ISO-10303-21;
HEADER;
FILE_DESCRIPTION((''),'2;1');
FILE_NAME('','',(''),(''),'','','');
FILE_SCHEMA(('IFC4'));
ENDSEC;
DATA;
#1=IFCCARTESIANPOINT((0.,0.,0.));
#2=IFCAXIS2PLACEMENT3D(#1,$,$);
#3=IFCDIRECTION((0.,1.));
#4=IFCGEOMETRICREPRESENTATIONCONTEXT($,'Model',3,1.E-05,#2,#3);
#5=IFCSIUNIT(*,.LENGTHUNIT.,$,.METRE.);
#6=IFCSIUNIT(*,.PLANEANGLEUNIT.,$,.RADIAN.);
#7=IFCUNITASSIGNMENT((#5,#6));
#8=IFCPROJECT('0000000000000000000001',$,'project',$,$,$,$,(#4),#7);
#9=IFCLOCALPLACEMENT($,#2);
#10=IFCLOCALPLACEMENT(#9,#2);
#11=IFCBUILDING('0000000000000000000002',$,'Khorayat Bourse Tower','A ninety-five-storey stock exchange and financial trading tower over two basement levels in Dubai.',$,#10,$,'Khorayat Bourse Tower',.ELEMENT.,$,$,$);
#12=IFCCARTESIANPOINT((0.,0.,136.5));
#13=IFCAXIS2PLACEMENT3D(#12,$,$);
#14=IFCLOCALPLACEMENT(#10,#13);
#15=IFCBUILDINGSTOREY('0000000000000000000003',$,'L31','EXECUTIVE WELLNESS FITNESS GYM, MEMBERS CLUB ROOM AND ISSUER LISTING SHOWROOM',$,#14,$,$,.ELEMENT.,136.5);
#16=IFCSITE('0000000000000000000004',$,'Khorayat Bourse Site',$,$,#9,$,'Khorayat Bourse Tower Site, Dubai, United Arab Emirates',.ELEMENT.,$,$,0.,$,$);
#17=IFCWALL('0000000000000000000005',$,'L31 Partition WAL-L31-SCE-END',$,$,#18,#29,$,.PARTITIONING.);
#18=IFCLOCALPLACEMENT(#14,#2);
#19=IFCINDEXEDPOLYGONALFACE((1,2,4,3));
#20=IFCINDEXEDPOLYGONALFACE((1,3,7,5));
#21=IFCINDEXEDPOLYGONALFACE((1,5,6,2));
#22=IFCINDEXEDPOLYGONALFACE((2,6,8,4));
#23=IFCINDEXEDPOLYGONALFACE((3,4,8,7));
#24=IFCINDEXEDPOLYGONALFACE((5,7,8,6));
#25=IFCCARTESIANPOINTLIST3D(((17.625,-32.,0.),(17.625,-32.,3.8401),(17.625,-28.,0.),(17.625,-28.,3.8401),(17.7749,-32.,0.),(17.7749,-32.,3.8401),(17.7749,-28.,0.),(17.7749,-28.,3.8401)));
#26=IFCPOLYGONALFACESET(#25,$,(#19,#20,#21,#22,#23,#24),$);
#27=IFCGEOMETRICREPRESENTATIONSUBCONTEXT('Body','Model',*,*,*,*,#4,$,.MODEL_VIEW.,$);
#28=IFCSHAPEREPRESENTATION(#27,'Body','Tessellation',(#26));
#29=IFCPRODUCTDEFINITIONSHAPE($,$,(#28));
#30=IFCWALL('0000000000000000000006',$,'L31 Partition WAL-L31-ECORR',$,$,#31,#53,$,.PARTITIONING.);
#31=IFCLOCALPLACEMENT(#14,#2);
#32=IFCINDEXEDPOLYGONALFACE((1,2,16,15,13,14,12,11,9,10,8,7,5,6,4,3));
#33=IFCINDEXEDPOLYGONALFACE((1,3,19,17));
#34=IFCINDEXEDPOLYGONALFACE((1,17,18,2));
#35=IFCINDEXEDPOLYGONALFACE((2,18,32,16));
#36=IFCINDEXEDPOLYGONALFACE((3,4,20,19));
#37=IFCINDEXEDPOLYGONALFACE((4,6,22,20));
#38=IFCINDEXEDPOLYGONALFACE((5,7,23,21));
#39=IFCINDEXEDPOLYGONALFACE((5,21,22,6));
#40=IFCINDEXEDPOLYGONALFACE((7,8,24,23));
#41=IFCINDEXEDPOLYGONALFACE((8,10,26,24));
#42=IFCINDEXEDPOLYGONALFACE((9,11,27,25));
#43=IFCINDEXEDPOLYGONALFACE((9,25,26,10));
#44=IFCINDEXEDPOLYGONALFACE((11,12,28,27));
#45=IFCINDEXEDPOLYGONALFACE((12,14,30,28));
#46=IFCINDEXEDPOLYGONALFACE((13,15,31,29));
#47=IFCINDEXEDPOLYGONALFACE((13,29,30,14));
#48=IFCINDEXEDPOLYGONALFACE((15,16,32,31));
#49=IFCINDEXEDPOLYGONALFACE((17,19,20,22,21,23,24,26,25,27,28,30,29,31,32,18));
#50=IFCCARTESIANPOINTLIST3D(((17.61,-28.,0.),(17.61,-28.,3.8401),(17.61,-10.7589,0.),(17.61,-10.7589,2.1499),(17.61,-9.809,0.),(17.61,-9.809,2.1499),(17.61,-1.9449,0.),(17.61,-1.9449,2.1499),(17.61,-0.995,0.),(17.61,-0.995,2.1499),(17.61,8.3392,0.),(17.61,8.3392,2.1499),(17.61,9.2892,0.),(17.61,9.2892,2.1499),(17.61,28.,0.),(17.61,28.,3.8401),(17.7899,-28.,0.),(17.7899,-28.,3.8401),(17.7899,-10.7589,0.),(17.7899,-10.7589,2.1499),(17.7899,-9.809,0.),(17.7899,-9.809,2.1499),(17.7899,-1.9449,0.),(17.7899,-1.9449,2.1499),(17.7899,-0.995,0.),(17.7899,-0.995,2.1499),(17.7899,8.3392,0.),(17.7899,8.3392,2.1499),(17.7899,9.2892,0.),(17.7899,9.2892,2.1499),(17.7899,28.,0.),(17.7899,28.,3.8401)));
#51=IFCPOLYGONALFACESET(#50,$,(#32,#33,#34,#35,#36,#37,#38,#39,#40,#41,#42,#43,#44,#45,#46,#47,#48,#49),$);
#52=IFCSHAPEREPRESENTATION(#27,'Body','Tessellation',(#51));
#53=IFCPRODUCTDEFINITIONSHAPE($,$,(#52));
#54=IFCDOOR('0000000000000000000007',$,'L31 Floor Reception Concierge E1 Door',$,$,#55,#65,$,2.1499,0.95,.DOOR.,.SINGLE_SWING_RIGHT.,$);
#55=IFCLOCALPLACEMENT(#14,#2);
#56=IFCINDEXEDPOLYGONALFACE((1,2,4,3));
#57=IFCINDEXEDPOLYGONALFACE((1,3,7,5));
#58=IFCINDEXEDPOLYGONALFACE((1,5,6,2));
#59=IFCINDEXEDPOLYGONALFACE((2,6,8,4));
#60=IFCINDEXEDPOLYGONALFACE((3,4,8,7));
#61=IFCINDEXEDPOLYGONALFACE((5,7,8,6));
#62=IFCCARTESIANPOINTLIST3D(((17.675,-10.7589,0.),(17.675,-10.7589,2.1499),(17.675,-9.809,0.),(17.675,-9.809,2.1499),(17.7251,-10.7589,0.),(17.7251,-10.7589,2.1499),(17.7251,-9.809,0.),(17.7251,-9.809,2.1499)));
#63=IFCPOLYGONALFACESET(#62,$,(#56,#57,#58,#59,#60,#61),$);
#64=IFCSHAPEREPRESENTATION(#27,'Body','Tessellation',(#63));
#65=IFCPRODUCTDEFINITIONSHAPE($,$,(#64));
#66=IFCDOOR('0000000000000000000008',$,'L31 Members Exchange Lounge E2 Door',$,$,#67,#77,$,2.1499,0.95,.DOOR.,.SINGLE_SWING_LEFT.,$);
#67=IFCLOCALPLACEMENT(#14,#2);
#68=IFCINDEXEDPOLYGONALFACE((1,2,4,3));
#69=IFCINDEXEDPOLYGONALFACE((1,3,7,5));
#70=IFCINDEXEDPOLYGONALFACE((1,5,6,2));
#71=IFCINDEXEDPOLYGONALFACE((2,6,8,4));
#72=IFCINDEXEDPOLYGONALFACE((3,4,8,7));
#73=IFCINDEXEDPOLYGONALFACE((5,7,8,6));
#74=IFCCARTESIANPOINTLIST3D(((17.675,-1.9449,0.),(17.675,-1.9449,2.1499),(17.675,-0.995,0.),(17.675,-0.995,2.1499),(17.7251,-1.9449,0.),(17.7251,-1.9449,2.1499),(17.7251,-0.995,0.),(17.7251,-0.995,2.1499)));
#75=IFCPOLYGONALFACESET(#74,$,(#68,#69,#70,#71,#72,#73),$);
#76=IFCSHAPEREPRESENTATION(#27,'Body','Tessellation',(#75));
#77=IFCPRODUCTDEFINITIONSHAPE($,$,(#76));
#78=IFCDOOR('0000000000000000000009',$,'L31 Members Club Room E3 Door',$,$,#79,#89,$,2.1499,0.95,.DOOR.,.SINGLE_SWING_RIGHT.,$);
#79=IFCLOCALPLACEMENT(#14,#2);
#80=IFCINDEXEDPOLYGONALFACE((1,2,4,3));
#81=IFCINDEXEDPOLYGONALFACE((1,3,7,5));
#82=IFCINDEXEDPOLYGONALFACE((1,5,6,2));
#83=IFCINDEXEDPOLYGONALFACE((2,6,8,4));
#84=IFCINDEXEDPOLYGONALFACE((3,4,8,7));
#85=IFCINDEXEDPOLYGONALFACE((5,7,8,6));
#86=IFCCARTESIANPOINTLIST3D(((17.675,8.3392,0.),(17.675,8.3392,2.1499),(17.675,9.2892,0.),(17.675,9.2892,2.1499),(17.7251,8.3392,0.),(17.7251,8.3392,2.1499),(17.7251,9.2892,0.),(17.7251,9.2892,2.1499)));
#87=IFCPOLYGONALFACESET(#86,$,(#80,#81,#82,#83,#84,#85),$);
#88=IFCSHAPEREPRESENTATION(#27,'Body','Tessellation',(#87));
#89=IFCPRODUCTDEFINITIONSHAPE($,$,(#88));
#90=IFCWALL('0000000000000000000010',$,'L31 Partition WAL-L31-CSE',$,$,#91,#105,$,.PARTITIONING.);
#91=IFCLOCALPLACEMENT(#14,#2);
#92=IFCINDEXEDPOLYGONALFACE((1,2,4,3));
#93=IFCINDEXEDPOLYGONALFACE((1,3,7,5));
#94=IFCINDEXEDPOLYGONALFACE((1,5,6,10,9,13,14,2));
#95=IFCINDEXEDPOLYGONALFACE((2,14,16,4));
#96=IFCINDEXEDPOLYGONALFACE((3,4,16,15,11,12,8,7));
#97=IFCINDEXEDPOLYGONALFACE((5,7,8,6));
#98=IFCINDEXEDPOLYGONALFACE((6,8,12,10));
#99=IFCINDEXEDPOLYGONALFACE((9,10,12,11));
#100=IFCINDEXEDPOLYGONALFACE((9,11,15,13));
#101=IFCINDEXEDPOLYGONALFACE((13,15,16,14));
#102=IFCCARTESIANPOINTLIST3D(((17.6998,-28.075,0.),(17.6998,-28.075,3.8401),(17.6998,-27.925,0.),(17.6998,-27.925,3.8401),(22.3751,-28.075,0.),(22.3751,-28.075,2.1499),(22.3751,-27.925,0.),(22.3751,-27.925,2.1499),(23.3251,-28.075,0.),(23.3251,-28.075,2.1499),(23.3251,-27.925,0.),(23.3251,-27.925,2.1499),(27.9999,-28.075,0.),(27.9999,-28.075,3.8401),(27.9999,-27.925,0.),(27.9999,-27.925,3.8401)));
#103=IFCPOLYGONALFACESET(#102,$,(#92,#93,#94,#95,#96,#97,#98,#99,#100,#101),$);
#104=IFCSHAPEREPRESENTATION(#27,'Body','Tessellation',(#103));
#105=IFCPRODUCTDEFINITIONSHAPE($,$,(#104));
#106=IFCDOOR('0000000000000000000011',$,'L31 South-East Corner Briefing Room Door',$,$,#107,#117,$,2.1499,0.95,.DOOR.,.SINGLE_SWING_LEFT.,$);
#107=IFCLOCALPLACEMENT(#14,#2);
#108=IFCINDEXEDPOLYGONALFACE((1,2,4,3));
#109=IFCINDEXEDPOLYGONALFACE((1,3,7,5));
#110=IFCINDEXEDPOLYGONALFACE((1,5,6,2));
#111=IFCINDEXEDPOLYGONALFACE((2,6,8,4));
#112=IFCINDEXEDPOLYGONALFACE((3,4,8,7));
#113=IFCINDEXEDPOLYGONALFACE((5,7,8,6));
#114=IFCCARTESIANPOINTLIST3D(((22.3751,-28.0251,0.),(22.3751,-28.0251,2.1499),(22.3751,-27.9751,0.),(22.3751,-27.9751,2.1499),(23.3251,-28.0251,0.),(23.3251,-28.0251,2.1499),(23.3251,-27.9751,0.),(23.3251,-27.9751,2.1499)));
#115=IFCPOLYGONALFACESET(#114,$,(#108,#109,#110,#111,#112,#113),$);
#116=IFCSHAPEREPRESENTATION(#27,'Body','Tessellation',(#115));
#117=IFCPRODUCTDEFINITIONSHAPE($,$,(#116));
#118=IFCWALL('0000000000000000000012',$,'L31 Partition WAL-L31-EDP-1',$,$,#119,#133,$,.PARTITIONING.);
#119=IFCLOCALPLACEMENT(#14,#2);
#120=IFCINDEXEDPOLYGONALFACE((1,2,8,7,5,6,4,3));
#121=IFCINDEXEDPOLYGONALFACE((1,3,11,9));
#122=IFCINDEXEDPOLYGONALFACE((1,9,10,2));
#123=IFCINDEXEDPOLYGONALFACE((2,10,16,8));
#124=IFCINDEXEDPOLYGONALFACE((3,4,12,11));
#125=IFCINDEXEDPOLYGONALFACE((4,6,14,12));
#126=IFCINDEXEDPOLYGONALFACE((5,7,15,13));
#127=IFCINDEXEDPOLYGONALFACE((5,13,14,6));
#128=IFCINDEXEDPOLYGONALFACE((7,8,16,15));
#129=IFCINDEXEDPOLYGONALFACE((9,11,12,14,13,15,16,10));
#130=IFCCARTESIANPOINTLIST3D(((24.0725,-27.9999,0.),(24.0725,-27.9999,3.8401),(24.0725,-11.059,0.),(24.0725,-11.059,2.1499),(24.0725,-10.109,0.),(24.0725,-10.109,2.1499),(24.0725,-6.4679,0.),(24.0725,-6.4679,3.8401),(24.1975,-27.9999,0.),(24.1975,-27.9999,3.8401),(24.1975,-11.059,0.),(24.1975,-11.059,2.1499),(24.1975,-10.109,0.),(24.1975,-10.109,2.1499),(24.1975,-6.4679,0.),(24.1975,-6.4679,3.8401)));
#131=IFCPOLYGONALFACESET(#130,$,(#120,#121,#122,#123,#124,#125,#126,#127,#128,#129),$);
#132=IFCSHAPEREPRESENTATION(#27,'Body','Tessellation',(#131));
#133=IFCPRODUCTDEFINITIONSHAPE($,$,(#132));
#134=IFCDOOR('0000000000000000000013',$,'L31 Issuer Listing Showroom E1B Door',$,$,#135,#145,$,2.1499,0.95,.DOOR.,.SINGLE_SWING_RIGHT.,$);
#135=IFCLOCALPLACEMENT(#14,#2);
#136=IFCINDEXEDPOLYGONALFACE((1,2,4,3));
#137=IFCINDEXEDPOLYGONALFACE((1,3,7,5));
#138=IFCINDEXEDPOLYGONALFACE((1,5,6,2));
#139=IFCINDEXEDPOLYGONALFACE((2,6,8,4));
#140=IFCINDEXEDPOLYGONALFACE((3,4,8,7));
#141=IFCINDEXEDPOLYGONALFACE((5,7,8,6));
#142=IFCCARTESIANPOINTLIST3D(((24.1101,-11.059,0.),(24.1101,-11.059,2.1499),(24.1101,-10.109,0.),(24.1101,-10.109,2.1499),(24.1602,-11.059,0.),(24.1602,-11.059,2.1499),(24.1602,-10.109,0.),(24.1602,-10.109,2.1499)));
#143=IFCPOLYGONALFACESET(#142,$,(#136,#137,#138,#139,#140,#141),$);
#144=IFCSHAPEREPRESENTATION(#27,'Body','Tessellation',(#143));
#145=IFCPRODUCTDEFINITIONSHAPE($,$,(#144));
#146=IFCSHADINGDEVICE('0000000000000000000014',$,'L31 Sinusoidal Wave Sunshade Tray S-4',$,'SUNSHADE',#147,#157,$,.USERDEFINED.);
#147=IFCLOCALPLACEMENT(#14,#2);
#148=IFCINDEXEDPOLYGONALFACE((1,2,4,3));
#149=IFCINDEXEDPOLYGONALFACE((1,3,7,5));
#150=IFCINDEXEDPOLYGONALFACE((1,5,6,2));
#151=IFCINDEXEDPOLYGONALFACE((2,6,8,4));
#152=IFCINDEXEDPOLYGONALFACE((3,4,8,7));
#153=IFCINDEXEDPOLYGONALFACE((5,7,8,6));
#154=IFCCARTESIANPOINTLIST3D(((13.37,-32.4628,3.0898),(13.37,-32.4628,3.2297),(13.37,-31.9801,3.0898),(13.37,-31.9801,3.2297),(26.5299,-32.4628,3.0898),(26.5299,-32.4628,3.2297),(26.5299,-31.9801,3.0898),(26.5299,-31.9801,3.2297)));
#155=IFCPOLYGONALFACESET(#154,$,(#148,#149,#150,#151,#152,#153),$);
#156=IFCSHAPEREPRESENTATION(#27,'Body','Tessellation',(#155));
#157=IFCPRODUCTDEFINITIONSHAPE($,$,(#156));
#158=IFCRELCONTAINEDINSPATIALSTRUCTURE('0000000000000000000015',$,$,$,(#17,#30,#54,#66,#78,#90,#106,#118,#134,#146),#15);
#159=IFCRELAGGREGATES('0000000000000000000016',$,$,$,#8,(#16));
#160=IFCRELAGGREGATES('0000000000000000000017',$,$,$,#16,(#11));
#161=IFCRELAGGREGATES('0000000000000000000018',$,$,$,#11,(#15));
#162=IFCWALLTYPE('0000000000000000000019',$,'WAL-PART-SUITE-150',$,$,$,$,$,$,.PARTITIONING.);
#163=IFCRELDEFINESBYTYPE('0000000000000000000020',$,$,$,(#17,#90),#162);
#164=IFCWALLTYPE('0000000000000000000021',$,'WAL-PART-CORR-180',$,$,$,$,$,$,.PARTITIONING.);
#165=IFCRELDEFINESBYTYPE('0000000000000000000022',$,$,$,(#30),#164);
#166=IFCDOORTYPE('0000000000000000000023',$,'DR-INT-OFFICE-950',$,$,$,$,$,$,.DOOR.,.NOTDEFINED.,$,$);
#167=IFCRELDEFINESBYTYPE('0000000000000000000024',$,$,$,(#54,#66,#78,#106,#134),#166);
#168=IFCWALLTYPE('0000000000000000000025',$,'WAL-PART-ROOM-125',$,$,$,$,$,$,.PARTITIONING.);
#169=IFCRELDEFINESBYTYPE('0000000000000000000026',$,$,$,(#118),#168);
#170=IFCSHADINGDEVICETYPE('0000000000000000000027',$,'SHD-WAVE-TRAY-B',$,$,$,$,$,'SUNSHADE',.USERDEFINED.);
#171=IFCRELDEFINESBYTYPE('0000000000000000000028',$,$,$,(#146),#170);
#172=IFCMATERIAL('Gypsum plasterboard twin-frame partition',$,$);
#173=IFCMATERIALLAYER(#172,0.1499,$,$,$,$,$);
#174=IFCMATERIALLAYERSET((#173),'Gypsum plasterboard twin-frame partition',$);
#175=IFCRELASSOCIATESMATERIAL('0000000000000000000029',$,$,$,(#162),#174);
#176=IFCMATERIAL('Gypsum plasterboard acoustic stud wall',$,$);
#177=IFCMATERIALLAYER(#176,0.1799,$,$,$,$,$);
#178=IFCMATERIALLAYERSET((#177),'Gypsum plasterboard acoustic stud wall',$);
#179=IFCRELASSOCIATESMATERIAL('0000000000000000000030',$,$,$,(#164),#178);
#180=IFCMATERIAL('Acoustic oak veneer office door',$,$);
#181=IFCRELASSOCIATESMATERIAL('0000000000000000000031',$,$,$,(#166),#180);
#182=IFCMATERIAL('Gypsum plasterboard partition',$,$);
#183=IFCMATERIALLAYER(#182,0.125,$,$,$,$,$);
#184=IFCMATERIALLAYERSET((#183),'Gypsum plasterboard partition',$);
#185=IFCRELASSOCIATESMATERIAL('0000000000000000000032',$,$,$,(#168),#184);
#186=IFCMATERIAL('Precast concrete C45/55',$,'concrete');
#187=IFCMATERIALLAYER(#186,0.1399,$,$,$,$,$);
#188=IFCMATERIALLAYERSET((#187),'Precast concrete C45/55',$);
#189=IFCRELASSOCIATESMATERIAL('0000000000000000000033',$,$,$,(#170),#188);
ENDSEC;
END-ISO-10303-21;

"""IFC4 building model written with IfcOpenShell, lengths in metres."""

from ifc_helpers import new_model, si_unit, direction, frame, frame_2d, origin, origin_2d, place, context, subcontext, project, spatial, rectangle, extrude, source, transform, mapped, material, layer, layer_set, type_object, element, fill, save


model = new_model("IFC4")

# Units and contexts
model_context = context("Model", 3, precision=1e-05, world=origin(), true_north=direction((0.0, 1.0)))
body_context = subcontext(model_context, "Body", "Model", "MODEL_VIEW")
ifc_project = project(units=[si_unit("LENGTHUNIT", "METRE"), si_unit("PLANEANGLEUNIT", "RADIAN")], contexts=[model_context])

# Site, building, storey
site_placement = place(None, origin())
site = spatial("IfcSite", under=ifc_project, at=site_placement, Name="Khorayat Bourse Site", LongName="Khorayat Bourse Tower Site, Dubai, United Arab Emirates", CompositionType="ELEMENT", RefElevation=0.0)
building_placement = place(site_placement, origin())
building = spatial("IfcBuilding", under=site, at=building_placement, Name="Khorayat Bourse Tower", Description="A ninety-five-storey stock exchange and financial trading tower over two basement levels in Dubai.", LongName="Khorayat Bourse Tower", CompositionType="ELEMENT")
storey_placement = place(building_placement, frame((0.0, 0.0, 136.5)))
storey = spatial("IfcBuildingStorey", under=building, at=storey_placement, Name="L31", Description="EXECUTIVE WELLNESS FITNESS GYM, MEMBERS CLUB ROOM AND ISSUER LISTING SHOWROOM", CompositionType="ELEMENT", Elevation=136.5)

# Shared definitions
ifc_material_1 = material(Name="Precast concrete C45/55", Category="concrete")

# Wall
ifc_material_2 = material(Name="Gypsum plasterboard twin-frame partition")
ifc_layer_1 = layer(ifc_material_2, 0.1499)
ifc_layer_set_1 = layer_set([ifc_layer_1], Name="Gypsum plasterboard twin-frame partition")
wall_type_1 = type_object("IfcWallType", Name="WAL-PART-SUITE-150", PredefinedType="PARTITIONING", material=ifc_layer_set_1)
shared_shape_1 = source(origin(), body_context, "Body", "SweptSolid", [
    extrude(rectangle(XDim=4.0, YDim=0.1499, at=frame_2d((2.0, 0.0))), origin(), (0.0, 0.0, 1.0), 3.8401),
])
wall_1_placement = place(storey_placement, frame((17.7, -32.0, 0.0), z_axis=(0.0, 0.0, 1.0), x_axis=(0.0, 1.0, 0.0)))
element("IfcWall", 1, at=wall_1_placement, inside=storey, type_object=wall_type_1, Name="L31 Partition WAL-L31-SCE-END", PredefinedType="PARTITIONING", context=body_context, shape_type="MappedRepresentation", body=[
    mapped(shared_shape_1, transform((0.0, 0.0, 0.0), scale=1.0)),
])

# Wall, openings, doors
ifc_material_3 = material(Name="Gypsum plasterboard acoustic stud wall")
ifc_layer_2 = layer(ifc_material_3, 0.1799)
ifc_layer_set_2 = layer_set([ifc_layer_2], Name="Gypsum plasterboard acoustic stud wall")
wall_type_2 = type_object("IfcWallType", Name="WAL-PART-CORR-180", PredefinedType="PARTITIONING", material=ifc_layer_set_2)
shared_shape_2 = source(origin(), body_context, "Body", "SweptSolid", [
    extrude(rectangle(XDim=56.0, YDim=0.1799, at=frame_2d((28.0, 0.0))), origin(), (0.0, 0.0, 1.0), 3.8401),
])
wall_2_placement = place(storey_placement, frame((17.7, -28.0, 0.0), z_axis=(0.0, 0.0, 1.0), x_axis=(0.0, 1.0, 0.0)))
wall_2 = element("IfcWall", 2, at=wall_2_placement, inside=storey, type_object=wall_type_2, Name="L31 Partition WAL-L31-ECORR", PredefinedType="PARTITIONING", context=body_context, shape_type="MappedRepresentation", body=[
    mapped(shared_shape_2, transform((0.0, 0.0, 0.0), scale=1.0)),
])
shared_shape_3 = source(origin(), body_context, "Body", "SweptSolid", [
    extrude(rectangle(XDim=0.95, YDim=2.1499, at=frame_2d((0.4751, 1.075))), frame((0.0, 0.0999, 0.0), z_axis=(0.0, -1.0, 0.0), x_axis=(1.0, 0.0, 0.0)), (0.0, 0.0, 1.0), 0.2),
])
opening_1_placement = place(wall_2_placement, frame((17.241, 0.0, 0.0)))
opening_1 = element("IfcOpeningElement", 3, at=opening_1_placement, cuts=wall_2, PredefinedType="OPENING", context=body_context, shape_type="MappedRepresentation", body=[
    mapped(shared_shape_3, transform((0.0, 0.0, 0.0), scale=1.0)),
])
opening_2_placement = place(wall_2_placement, frame((26.0549, 0.0, 0.0)))
opening_2 = element("IfcOpeningElement", 4, at=opening_2_placement, cuts=wall_2, PredefinedType="OPENING", context=body_context, shape_type="MappedRepresentation", body=[
    mapped(shared_shape_3, transform((0.0, 0.0, 0.0), scale=1.0)),
])
opening_3_placement = place(wall_2_placement, frame((36.3391, 0.0, 0.0)))
opening_3 = element("IfcOpeningElement", 5, at=opening_3_placement, cuts=wall_2, PredefinedType="OPENING", context=body_context, shape_type="MappedRepresentation", body=[
    mapped(shared_shape_3, transform((0.0, 0.0, 0.0), scale=1.0)),
])
ifc_material_4 = material(Name="Acoustic oak veneer office door")
door_type = type_object("IfcDoorType", Name="DR-INT-OFFICE-950", OperationType="NOTDEFINED", PredefinedType="DOOR", material=ifc_material_4)
shared_shape_4 = source(origin(), body_context, "Body", "SweptSolid", [
    extrude(rectangle(XDim=0.95, YDim=2.1499, at=frame_2d((0.4751, 1.075))), frame((0.0, 0.0249, 0.0), z_axis=(0.0, -1.0, 0.0), x_axis=(1.0, 0.0, 0.0)), (0.0, 0.0, 1.0), 0.05),
])
door_1_placement = place(opening_1_placement, origin())
door_1 = element("IfcDoor", 6, at=door_1_placement, inside=storey, type_object=door_type, Name="L31 Floor Reception Concierge E1 Door", OperationType="SINGLE_SWING_RIGHT", OverallHeight=2.1499, OverallWidth=0.95, PredefinedType="DOOR", context=body_context, shape_type="MappedRepresentation", body=[
    mapped(shared_shape_4, transform((0.0, 0.0, 0.0), scale=1.0)),
])
fill(opening_1, door_1)
door_2_placement = place(opening_2_placement, origin())
door_2 = element("IfcDoor", 7, at=door_2_placement, inside=storey, type_object=door_type, Name="L31 Members Exchange Lounge E2 Door", OperationType="SINGLE_SWING_LEFT", OverallHeight=2.1499, OverallWidth=0.95, PredefinedType="DOOR", context=body_context, shape_type="MappedRepresentation", body=[
    mapped(shared_shape_4, transform((0.0, 0.0, 0.0), scale=1.0)),
])
fill(opening_2, door_2)
door_3_placement = place(opening_3_placement, origin())
door_3 = element("IfcDoor", 8, at=door_3_placement, inside=storey, type_object=door_type, Name="L31 Members Club Room E3 Door", OperationType="SINGLE_SWING_RIGHT", OverallHeight=2.1499, OverallWidth=0.95, PredefinedType="DOOR", context=body_context, shape_type="MappedRepresentation", body=[
    mapped(shared_shape_4, transform((0.0, 0.0, 0.0), scale=1.0)),
])
fill(opening_3, door_3)

# Walls, openings, doors
shared_shape_5 = source(origin(), body_context, "Body", "SweptSolid", [
    extrude(rectangle(XDim=10.3, YDim=0.1499, at=frame_2d((5.1499, 0.0))), origin(), (0.0, 0.0, 1.0), 3.8401),
])
wall_3_placement = place(storey_placement, frame((17.7, -28.0, 0.0), z_axis=(0.0, 0.0, 1.0), x_axis=(1.0, 0.0, 0.0)))
wall_3 = element("IfcWall", 9, at=wall_3_placement, inside=storey, type_object=wall_type_1, Name="L31 Partition WAL-L31-CSE", PredefinedType="PARTITIONING", context=body_context, shape_type="MappedRepresentation", body=[
    mapped(shared_shape_5, transform((0.0, 0.0, 0.0), scale=1.0)),
])
shared_shape_6 = source(origin(), body_context, "Body", "SweptSolid", [
    extrude(rectangle(XDim=0.95, YDim=2.1499, at=frame_2d((0.4751, 1.075))), frame((0.0, 0.085, 0.0), z_axis=(0.0, -1.0, 0.0), x_axis=(1.0, 0.0, 0.0)), (0.0, 0.0, 1.0), 0.1699),
])
opening_4_placement = place(wall_3_placement, frame((4.675, 0.0, 0.0)))
opening_4 = element("IfcOpeningElement", 10, at=opening_4_placement, cuts=wall_3, PredefinedType="OPENING", context=body_context, shape_type="MappedRepresentation", body=[
    mapped(shared_shape_6, transform((0.0, 0.0, 0.0), scale=1.0)),
])
door_4_placement = place(opening_4_placement, origin())
door_4 = element("IfcDoor", 11, at=door_4_placement, inside=storey, type_object=door_type, Name="L31 South-East Corner Briefing Room Door", OperationType="SINGLE_SWING_LEFT", OverallHeight=2.1499, OverallWidth=0.95, PredefinedType="DOOR", context=body_context, shape_type="MappedRepresentation", body=[
    mapped(shared_shape_4, transform((0.0, 0.0, 0.0), scale=1.0)),
])
fill(opening_4, door_4)
ifc_material_5 = material(Name="Gypsum plasterboard partition")
ifc_layer_3 = layer(ifc_material_5, 0.125)
ifc_layer_set_3 = layer_set([ifc_layer_3], Name="Gypsum plasterboard partition")
wall_type_3 = type_object("IfcWallType", Name="WAL-PART-ROOM-125", PredefinedType="PARTITIONING", material=ifc_layer_set_3)
shared_shape_7 = source(origin(), body_context, "Body", "SweptSolid", [
    extrude(rectangle(XDim=21.532, YDim=0.125, at=frame_2d((10.7661, 0.0))), origin(), (0.0, 0.0, 1.0), 3.8401),
])
wall_4_placement = place(storey_placement, frame((24.135, -28.0, 0.0), z_axis=(0.0, 0.0, 1.0), x_axis=(0.0, 1.0, 0.0)))
wall_4 = element("IfcWall", 12, at=wall_4_placement, inside=storey, type_object=wall_type_3, Name="L31 Partition WAL-L31-EDP-1", PredefinedType="PARTITIONING", context=body_context, shape_type="MappedRepresentation", body=[
    mapped(shared_shape_7, transform((0.0, 0.0, 0.0), scale=1.0)),
])
shared_shape_8 = source(origin(), body_context, "Body", "SweptSolid", [
    extrude(rectangle(XDim=0.95, YDim=2.1499, at=frame_2d((0.4751, 1.075))), frame((0.0, 0.0725, 0.0), z_axis=(0.0, -1.0, 0.0), x_axis=(1.0, 0.0, 0.0)), (0.0, 0.0, 1.0), 0.145),
])
opening_5_placement = place(wall_4_placement, frame((16.9409, 0.0, 0.0)))
opening_5 = element("IfcOpeningElement", 13, at=opening_5_placement, cuts=wall_4, PredefinedType="OPENING", context=body_context, shape_type="MappedRepresentation", body=[
    mapped(shared_shape_8, transform((0.0, 0.0, 0.0), scale=1.0)),
])
door_5_placement = place(opening_5_placement, origin())
door_5 = element("IfcDoor", 14, at=door_5_placement, inside=storey, type_object=door_type, Name="L31 Issuer Listing Showroom E1B Door", OperationType="SINGLE_SWING_RIGHT", OverallHeight=2.1499, OverallWidth=0.95, PredefinedType="DOOR", context=body_context, shape_type="MappedRepresentation", body=[
    mapped(shared_shape_4, transform((0.0, 0.0, 0.0), scale=1.0)),
])
fill(opening_5, door_5)

# Shading device
ifc_layer_4 = layer(ifc_material_1, 0.1399)
ifc_layer_set_4 = layer_set([ifc_layer_4], Name="Precast concrete C45/55")
shading_device_type = type_object("IfcShadingDeviceType", Name="SHD-WAVE-TRAY-B", ElementType="SUNSHADE", PredefinedType="USERDEFINED", material=ifc_layer_set_4)
shared_shape_9 = source(origin(), body_context, "Body", "SweptSolid", [
    extrude(rectangle(XDim=13.1599, YDim=0.4827, at=origin_2d()), origin(), (0.0, 0.0, 1.0), 0.1399),
])
shading_device_placement = place(storey_placement, frame((19.95, -32.2214, 3.0898), z_axis=(0.0, 0.0, 1.0), x_axis=(1.0, 0.0, 0.0)))
element("IfcShadingDevice", 15, at=shading_device_placement, inside=storey, type_object=shading_device_type, Name="L31 Sinusoidal Wave Sunshade Tray S-4", ObjectType="SUNSHADE", PredefinedType="USERDEFINED", context=body_context, shape_type="MappedRepresentation", body=[
    mapped(shared_shape_9, transform((0.0, 0.0, 0.0), scale=1.0)),
])

save(model, "model.ifc")
